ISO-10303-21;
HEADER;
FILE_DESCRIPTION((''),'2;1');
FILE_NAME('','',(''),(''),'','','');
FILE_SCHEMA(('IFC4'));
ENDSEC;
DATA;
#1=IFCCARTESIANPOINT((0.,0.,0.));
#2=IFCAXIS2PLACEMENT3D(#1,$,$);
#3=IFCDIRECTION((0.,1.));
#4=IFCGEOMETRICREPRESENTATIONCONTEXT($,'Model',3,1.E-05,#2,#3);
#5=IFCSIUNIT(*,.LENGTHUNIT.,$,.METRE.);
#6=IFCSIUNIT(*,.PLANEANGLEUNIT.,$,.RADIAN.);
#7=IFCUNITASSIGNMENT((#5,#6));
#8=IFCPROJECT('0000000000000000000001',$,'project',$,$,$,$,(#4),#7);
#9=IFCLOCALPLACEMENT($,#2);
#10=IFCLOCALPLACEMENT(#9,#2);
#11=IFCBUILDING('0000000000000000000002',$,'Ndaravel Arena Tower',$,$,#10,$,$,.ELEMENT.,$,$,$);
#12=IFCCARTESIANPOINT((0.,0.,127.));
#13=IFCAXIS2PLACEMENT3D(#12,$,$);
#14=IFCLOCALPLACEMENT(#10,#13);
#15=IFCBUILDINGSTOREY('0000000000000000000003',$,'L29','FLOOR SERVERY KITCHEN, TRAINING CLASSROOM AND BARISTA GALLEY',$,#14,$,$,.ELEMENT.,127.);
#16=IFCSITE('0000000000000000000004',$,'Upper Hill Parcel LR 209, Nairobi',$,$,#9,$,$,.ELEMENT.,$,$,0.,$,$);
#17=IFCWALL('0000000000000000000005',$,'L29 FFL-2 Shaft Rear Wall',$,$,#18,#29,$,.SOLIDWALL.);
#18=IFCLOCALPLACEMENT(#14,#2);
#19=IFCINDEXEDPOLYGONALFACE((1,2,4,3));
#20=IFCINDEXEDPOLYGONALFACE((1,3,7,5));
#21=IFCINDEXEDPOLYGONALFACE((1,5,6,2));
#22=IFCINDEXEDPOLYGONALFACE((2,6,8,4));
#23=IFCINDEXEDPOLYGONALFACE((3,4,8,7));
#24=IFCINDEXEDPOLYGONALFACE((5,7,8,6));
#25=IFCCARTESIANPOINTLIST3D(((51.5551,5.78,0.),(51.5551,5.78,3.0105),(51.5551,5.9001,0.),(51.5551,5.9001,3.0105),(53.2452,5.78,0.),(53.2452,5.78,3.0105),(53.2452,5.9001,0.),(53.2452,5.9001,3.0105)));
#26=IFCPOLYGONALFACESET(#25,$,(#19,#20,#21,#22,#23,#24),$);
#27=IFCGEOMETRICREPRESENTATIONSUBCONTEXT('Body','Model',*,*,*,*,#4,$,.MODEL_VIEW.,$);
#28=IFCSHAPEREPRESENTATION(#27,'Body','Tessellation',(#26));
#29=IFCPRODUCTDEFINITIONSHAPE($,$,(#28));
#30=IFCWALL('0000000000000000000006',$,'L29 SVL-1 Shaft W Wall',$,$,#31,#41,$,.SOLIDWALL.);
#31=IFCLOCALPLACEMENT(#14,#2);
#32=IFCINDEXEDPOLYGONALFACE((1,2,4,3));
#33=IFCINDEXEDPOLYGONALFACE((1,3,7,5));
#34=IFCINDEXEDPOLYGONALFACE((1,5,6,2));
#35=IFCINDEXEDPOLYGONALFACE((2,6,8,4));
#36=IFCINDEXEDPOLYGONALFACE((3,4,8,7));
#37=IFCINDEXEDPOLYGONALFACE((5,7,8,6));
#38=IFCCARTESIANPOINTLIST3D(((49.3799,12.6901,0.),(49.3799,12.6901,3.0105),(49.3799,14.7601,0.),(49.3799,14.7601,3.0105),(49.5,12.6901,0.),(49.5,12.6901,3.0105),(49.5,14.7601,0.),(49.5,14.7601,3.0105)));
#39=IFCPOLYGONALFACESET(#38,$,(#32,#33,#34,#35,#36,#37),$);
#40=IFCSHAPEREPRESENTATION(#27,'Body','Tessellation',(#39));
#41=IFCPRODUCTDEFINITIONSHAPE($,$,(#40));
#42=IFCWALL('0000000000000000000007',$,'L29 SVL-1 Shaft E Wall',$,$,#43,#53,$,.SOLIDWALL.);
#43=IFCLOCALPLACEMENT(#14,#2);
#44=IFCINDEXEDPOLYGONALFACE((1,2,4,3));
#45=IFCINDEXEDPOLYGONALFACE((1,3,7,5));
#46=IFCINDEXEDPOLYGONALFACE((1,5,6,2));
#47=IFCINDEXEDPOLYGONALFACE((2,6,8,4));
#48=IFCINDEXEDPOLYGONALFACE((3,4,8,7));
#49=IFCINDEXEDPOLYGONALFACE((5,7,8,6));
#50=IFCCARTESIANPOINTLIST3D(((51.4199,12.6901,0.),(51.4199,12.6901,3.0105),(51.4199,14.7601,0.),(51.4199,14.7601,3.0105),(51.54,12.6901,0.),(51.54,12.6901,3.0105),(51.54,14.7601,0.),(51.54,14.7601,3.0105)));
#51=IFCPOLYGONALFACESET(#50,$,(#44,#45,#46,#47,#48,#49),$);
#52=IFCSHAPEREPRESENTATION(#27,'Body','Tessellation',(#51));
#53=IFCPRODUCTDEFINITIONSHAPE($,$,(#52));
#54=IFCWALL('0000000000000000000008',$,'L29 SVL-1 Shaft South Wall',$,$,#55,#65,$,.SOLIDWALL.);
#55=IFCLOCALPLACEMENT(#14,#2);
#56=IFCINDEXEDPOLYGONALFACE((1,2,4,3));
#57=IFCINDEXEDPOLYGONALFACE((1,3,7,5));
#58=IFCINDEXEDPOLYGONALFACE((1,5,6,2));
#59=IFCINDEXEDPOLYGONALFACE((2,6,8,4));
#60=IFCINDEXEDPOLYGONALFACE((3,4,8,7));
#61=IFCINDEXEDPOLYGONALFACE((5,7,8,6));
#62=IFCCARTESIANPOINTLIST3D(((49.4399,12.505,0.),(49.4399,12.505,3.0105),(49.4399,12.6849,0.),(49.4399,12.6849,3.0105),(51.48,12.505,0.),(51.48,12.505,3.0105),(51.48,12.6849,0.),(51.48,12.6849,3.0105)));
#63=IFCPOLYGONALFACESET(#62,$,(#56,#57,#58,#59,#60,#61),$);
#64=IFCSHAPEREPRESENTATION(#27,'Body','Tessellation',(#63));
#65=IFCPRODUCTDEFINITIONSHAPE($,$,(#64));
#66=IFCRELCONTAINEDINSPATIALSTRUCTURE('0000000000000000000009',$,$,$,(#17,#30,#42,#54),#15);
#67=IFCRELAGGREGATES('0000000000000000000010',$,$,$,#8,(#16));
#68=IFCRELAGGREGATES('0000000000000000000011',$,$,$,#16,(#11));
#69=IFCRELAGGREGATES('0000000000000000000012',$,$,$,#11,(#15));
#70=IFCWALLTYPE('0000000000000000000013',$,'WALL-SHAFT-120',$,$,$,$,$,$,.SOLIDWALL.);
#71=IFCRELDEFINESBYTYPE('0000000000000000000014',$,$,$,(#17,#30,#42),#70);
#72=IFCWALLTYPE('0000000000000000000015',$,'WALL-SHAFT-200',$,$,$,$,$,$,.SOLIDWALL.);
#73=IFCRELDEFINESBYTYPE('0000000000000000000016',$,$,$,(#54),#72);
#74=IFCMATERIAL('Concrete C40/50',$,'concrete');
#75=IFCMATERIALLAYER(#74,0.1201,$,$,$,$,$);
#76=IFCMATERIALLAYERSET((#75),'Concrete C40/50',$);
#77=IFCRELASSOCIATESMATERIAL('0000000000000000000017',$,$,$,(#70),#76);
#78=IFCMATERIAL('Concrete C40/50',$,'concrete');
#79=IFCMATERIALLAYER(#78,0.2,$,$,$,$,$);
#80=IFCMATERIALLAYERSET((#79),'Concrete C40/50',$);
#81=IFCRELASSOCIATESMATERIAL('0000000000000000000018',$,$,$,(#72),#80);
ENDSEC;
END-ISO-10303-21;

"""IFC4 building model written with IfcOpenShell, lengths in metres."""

from ifc_helpers import new_model, si_unit, direction, frame, frame_2d, origin, place, context, subcontext, project, spatial, rectangle, extrude, material, layer, layer_set, type_object, element, save


model = new_model("IFC4")

# Units and contexts
model_context = context("Model", 3, precision=1e-05, world=origin(), true_north=direction((0.0, 1.0)))
body_context = subcontext(model_context, "Body", "Model", "MODEL_VIEW")
ifc_project = project(units=[si_unit("LENGTHUNIT", "METRE"), si_unit("PLANEANGLEUNIT", "RADIAN")], contexts=[model_context])

# Site, building, storey
site_placement = place(None, origin())
site = spatial("IfcSite", under=ifc_project, at=site_placement, Name="Upper Hill Parcel LR 209, Nairobi", CompositionType="ELEMENT", RefElevation=0.0)
building_placement = place(site_placement, origin())
building = spatial("IfcBuilding", under=site, at=building_placement, Name="Ndaravel Arena Tower", CompositionType="ELEMENT")
storey_placement = place(building_placement, frame((0.0, 0.0, 127.0)))
storey = spatial("IfcBuildingStorey", under=building, at=storey_placement, Name="L29", Description="FLOOR SERVERY KITCHEN, TRAINING CLASSROOM AND BARISTA GALLEY", CompositionType="ELEMENT", Elevation=127.0)

# Walls
ifc_material_1 = material(Name="Concrete C40/50", Category="concrete")
ifc_layer_1 = layer(ifc_material_1, 0.1201)
ifc_layer_set_1 = layer_set([ifc_layer_1], Name="Concrete C40/50")
wall_type_1 = type_object("IfcWallType", Name="WALL-SHAFT-120", PredefinedType="SOLIDWALL", material=ifc_layer_set_1)
wall_1_placement = place(storey_placement, frame((51.5549, 5.8401, 0.0), z_axis=(0.0, 0.0, 1.0), x_axis=(1.0, 0.0, 0.0)))
element("IfcWall", 1, at=wall_1_placement, inside=storey, type_object=wall_type_1, Name="L29 FFL-2 Shaft Rear Wall", PredefinedType="SOLIDWALL", context=body_context, shape_type="SweptSolid", body=[
    extrude(rectangle(XDim=1.6902, YDim=0.1201, at=frame_2d((0.8452, 0.0))), origin(), (0.0, 0.0, 1.0), 3.0105),
])
for number, where, z_axis, x_axis, name in (
    (2, (49.4399, 12.6899, 0.0), (0.0, 0.0, 1.0), (0.0, 1.0, 0.0), "L29 SVL-1 Shaft W Wall"),
    (3, (51.48, 12.6899, 0.0), (0.0, 0.0, 1.0), (0.0, 1.0, 0.0), "L29 SVL-1 Shaft E Wall"),
):
    element("IfcWall", number, at=place(storey_placement, frame(where, z_axis=z_axis, x_axis=x_axis)), inside=storey, type_object=wall_type_1, Name=name, PredefinedType="SOLIDWALL", context=body_context, shape_type="SweptSolid", body=[
        extrude(rectangle(XDim=2.0701, YDim=0.1201, at=frame_2d((1.0352, 0.0))), origin(), (0.0, 0.0, 1.0), 3.0105),
    ])

# Shared definitions
ifc_material_2 = material(Name="Concrete C40/50", Category="concrete")
ifc_layer_2 = layer(ifc_material_2, 0.2)
ifc_layer_set_2 = layer_set([ifc_layer_2], Name="Concrete C40/50")
wall_type_2 = type_object("IfcWallType", Name="WALL-SHAFT-200", PredefinedType="SOLIDWALL", material=ifc_layer_set_2)

# Wall
wall_2_placement = place(storey_placement, frame((49.4399, 12.595, 0.0), z_axis=(0.0, 0.0, 1.0), x_axis=(1.0, 0.0, 0.0)))
element("IfcWall", 4, at=wall_2_placement, inside=storey, type_object=wall_type_2, Name="L29 SVL-1 Shaft South Wall", PredefinedType="SOLIDWALL", context=body_context, shape_type="SweptSolid", body=[
    extrude(rectangle(XDim=2.04, YDim=0.1799, at=frame_2d((1.02, 0.0))), origin(), (0.0, 0.0, 1.0), 3.0105),
])

save(model, "model.ifc")
